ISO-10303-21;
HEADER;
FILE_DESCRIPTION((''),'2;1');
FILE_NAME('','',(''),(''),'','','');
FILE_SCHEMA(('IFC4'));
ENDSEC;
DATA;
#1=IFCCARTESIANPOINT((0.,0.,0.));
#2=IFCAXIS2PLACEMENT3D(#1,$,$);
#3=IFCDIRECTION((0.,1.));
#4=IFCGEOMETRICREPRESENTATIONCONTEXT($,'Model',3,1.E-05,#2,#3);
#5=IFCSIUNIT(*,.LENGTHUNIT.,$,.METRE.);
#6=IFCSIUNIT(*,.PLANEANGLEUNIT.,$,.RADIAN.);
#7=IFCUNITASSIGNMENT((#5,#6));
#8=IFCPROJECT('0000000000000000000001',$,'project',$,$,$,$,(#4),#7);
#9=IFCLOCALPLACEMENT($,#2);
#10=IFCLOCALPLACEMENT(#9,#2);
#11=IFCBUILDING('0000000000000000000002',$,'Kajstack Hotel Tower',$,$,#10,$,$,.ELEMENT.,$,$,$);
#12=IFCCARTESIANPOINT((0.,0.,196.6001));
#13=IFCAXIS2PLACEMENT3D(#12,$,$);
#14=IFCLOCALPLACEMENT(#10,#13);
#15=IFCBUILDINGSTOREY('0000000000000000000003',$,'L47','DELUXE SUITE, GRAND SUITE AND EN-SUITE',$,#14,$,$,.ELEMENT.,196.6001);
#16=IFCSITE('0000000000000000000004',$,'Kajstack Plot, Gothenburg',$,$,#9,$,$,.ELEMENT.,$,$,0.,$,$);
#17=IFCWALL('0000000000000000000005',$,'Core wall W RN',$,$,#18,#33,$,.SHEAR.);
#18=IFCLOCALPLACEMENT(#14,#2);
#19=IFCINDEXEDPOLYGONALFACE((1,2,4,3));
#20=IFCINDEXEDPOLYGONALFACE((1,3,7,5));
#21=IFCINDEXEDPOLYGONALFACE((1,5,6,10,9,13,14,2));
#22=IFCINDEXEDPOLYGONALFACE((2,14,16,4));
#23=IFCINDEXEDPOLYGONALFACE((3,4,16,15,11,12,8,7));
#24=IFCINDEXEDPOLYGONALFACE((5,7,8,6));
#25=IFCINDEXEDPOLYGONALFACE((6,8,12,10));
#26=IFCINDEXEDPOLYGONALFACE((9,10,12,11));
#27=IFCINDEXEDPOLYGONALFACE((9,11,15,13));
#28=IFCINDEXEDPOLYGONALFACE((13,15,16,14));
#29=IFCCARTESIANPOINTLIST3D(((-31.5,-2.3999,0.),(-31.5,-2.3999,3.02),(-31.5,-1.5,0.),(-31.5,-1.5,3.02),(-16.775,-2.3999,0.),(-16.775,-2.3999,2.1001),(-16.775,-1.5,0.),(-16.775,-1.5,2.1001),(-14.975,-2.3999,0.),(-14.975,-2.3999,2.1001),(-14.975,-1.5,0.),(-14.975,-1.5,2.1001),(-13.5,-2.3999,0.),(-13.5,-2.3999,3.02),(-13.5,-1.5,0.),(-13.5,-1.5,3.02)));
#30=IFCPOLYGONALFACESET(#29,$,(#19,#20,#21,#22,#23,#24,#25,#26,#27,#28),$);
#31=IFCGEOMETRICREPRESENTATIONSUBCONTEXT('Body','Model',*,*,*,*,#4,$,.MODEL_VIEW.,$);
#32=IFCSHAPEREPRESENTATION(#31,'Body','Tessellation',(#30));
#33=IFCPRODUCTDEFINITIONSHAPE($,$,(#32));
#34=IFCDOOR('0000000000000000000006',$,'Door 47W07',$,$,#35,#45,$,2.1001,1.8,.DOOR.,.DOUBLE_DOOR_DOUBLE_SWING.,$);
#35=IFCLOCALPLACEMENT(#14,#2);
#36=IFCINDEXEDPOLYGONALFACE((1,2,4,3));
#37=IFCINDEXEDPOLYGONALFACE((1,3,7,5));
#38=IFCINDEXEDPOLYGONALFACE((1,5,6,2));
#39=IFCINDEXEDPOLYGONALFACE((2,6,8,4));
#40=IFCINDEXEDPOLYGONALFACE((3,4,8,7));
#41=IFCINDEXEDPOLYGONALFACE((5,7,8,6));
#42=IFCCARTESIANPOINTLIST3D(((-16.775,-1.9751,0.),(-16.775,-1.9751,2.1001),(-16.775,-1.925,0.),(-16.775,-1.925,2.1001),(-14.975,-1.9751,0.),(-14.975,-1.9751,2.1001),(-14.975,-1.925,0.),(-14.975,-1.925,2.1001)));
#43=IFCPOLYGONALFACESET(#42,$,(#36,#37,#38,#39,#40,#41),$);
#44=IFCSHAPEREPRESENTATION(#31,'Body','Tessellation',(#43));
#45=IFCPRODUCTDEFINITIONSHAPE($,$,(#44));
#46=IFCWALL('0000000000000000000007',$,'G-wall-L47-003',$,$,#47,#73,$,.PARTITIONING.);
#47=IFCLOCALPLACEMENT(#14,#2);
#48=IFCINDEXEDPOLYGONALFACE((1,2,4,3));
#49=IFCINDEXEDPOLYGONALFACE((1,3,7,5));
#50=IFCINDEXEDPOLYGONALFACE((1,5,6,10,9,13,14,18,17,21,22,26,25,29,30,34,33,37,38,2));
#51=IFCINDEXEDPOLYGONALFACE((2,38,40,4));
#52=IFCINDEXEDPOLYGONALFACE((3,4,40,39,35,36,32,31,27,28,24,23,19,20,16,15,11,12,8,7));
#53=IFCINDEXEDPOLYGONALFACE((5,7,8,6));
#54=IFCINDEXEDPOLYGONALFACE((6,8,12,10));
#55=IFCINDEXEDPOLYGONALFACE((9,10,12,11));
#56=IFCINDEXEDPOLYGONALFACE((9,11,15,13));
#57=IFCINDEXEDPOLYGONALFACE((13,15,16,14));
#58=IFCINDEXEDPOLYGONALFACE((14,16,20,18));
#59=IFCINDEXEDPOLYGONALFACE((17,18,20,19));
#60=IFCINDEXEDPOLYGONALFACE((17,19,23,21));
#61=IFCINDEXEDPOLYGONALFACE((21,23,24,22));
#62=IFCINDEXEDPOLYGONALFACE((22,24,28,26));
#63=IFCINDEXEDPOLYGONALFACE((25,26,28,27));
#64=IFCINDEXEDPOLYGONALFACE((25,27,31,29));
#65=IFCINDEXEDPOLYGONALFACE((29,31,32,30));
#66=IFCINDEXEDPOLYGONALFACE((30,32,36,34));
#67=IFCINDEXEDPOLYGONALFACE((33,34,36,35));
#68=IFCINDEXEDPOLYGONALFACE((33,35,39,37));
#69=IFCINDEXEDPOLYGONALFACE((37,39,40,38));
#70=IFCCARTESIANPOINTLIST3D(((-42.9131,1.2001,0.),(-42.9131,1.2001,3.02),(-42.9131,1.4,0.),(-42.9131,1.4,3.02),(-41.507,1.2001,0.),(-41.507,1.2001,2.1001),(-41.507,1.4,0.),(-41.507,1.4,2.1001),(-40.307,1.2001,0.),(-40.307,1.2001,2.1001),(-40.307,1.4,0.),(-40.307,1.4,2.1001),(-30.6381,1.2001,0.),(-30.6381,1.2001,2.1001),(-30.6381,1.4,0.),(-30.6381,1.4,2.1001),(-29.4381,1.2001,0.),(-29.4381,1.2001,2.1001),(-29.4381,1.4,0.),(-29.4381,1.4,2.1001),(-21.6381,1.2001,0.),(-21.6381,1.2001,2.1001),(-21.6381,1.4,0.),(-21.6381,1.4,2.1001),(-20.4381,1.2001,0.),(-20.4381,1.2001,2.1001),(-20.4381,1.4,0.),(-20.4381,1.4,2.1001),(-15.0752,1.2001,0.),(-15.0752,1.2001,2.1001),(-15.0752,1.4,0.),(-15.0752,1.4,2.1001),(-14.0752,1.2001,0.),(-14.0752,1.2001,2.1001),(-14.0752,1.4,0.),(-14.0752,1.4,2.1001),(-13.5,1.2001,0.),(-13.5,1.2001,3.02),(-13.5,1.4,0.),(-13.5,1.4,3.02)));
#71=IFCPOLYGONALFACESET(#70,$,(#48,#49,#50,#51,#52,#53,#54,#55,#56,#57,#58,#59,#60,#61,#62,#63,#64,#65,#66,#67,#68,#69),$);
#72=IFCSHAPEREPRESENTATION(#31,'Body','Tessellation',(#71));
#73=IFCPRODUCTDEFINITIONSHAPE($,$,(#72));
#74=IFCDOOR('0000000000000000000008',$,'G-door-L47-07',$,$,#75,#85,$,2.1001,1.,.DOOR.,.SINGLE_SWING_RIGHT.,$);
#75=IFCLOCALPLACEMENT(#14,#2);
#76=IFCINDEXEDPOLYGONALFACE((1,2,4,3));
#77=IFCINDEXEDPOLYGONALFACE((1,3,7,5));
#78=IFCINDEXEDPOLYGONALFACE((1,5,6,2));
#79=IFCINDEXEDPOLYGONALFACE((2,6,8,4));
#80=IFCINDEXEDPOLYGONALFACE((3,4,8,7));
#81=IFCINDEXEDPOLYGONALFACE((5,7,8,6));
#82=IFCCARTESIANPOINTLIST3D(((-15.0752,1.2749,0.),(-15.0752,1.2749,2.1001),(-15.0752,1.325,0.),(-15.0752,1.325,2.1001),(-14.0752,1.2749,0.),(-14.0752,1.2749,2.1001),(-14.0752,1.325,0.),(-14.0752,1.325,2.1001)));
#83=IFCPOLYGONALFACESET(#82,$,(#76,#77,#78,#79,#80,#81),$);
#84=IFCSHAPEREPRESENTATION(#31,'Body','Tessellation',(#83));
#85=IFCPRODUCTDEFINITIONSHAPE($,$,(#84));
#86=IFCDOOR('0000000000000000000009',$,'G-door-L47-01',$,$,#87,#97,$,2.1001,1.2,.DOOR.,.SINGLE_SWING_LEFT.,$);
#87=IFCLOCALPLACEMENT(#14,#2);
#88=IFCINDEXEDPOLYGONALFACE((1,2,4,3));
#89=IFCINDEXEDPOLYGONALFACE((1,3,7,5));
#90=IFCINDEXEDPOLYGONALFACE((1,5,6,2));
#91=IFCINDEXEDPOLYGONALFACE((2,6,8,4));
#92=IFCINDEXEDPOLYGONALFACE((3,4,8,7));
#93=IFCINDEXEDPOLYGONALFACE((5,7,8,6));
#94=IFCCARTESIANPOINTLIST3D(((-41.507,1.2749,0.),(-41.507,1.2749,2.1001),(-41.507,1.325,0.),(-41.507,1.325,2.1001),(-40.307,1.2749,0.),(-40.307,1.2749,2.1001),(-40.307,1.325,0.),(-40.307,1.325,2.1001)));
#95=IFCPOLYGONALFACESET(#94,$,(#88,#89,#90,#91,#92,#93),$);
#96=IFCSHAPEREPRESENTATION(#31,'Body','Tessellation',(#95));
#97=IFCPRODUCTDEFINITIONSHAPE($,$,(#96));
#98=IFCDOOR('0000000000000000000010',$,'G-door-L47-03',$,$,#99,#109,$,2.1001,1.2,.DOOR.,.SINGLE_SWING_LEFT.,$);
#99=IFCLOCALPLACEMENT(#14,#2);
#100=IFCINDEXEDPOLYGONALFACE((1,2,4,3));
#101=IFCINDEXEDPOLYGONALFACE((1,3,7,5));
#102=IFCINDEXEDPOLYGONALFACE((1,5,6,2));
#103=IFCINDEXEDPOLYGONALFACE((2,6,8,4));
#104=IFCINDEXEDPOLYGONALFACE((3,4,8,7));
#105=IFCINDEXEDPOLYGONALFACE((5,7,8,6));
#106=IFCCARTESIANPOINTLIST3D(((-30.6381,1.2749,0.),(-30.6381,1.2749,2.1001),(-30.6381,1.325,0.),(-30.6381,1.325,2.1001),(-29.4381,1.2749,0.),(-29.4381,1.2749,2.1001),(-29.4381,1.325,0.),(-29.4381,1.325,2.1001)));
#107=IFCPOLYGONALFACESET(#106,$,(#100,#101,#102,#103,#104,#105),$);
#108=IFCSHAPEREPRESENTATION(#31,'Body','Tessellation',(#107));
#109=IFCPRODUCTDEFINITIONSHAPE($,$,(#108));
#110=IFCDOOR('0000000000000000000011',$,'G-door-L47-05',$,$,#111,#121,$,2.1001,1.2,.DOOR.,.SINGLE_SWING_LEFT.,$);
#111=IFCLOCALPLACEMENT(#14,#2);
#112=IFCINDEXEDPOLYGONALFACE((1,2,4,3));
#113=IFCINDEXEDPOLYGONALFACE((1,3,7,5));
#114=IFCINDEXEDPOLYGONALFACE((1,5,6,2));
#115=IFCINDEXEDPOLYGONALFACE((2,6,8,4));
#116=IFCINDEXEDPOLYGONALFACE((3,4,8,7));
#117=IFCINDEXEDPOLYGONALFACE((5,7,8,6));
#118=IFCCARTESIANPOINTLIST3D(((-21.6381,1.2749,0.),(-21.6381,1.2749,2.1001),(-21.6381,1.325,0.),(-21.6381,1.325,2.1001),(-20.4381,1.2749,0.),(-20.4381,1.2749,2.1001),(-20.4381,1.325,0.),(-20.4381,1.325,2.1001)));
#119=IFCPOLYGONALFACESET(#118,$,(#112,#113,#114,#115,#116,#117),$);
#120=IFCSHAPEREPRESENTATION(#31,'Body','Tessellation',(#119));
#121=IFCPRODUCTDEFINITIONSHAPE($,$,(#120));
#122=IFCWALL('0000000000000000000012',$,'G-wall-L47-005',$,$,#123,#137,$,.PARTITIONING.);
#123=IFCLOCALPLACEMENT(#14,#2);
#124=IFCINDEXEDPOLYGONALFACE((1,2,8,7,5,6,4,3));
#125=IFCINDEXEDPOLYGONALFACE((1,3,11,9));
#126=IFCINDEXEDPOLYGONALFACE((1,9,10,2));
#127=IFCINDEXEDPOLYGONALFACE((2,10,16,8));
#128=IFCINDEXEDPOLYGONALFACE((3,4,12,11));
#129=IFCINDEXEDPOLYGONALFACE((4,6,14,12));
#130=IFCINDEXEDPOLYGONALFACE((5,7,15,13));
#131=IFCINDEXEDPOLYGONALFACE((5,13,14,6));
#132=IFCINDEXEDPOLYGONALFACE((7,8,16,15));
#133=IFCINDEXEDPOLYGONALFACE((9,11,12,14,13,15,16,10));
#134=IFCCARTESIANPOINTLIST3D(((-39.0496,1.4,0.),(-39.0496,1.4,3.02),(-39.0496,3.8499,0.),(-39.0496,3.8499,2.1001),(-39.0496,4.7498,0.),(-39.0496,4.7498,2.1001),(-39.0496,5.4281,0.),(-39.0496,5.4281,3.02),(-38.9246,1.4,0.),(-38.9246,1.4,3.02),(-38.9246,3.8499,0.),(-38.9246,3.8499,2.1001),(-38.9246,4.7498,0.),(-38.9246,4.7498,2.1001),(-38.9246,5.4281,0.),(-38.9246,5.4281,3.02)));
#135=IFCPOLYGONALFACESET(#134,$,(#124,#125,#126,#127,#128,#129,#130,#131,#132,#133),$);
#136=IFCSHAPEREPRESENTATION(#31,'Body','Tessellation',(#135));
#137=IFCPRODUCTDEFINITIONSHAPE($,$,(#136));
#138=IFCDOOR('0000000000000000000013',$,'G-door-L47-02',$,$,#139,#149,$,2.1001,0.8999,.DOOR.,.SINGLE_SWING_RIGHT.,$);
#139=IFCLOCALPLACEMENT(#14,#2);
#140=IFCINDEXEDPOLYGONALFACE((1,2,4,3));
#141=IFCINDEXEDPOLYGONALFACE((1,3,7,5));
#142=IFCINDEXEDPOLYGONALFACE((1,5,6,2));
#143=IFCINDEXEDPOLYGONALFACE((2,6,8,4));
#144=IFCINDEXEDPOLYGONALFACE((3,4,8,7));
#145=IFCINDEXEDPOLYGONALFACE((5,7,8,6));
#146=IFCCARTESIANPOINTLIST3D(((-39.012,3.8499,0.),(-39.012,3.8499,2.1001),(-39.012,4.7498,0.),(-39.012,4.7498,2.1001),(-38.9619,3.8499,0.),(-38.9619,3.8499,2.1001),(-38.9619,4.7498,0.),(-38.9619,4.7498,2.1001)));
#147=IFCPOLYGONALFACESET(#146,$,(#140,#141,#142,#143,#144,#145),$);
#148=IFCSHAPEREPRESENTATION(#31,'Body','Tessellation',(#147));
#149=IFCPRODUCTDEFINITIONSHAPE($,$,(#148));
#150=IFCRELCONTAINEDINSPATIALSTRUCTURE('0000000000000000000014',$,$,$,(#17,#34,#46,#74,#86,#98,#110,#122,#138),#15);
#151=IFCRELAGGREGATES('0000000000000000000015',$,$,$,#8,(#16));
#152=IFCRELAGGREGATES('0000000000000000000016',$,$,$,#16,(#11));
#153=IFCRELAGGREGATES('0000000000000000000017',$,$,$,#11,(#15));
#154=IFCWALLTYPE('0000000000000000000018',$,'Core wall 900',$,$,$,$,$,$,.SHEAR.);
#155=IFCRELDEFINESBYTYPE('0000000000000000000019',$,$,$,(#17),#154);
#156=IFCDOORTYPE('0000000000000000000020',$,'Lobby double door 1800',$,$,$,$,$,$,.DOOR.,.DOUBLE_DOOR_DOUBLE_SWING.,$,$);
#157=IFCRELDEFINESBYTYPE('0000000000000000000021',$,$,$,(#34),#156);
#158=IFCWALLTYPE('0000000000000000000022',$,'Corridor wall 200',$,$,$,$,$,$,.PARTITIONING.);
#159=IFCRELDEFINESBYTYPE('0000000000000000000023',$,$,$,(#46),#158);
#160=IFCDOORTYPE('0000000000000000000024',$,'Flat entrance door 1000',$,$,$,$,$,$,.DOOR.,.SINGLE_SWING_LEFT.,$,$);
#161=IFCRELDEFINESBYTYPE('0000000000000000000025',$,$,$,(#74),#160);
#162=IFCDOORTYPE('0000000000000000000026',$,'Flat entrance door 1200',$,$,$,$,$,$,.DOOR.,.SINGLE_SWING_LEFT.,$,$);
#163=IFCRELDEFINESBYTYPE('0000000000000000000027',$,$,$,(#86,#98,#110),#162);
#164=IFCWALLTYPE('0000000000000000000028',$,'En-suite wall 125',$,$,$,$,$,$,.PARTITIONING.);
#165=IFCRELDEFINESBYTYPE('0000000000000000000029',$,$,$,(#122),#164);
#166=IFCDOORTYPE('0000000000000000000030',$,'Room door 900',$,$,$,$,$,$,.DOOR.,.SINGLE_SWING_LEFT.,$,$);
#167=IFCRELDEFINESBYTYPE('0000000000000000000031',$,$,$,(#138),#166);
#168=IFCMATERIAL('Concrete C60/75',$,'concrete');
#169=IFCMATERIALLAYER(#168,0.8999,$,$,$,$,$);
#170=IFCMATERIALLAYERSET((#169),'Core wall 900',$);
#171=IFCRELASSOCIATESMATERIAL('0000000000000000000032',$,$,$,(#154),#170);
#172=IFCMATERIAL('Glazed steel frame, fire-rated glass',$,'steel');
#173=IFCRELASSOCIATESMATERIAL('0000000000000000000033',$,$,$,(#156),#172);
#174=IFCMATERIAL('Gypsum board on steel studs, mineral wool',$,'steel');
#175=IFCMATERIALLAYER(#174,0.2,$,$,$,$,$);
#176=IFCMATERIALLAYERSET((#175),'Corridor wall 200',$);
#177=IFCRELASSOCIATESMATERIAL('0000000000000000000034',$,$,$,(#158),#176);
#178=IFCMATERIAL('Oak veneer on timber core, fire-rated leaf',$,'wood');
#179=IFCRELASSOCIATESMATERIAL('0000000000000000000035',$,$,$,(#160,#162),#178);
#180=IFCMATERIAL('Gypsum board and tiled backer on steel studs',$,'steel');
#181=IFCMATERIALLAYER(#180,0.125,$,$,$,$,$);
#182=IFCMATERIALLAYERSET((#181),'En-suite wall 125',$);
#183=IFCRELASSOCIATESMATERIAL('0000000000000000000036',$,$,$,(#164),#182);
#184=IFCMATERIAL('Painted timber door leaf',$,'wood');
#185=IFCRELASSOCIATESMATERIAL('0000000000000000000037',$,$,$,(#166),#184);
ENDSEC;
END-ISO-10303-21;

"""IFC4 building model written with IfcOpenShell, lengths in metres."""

from ifc_helpers import new_model, si_unit, direction, frame, frame_2d, origin, place, context, subcontext, project, spatial, rectangle, extrude, material, layer, layer_set, type_object, element, fill, save


model = new_model("IFC4")

# Units and contexts
model_context = context("Model", 3, precision=1e-05, world=origin(), true_north=direction((0.0, 1.0)))
body_context = subcontext(model_context, "Body", "Model", "MODEL_VIEW")
ifc_project = project(units=[si_unit("LENGTHUNIT", "METRE"), si_unit("PLANEANGLEUNIT", "RADIAN")], contexts=[model_context])

# Site, building, storey
site_placement = place(None, origin())
site = spatial("IfcSite", under=ifc_project, at=site_placement, Name="Kajstack Plot, Gothenburg", CompositionType="ELEMENT", RefElevation=0.0)
building_placement = place(site_placement, origin())
building = spatial("IfcBuilding", under=site, at=building_placement, Name="Kajstack Hotel Tower", CompositionType="ELEMENT")
storey_placement = place(building_placement, frame((0.0, 0.0, 196.6001)))
storey = spatial("IfcBuildingStorey", under=building, at=storey_placement, Name="L47", Description="DELUXE SUITE, GRAND SUITE AND EN-SUITE", CompositionType="ELEMENT", Elevation=196.6001)

# Wall, opening, door
ifc_material_1 = material(Name="Concrete C60/75", Category="concrete")
ifc_layer_1 = layer(ifc_material_1, 0.8999)
ifc_layer_set_1 = layer_set([ifc_layer_1], Name="Core wall 900")
wall_type_1 = type_object("IfcWallType", Name="Core wall 900", PredefinedType="SHEAR", material=ifc_layer_set_1)
wall_1_placement = place(storey_placement, frame((-31.5, -1.95, 0.0), z_axis=(0.0, 0.0, 1.0), x_axis=(1.0, 0.0, 0.0)))
wall_1 = element("IfcWall", 1, at=wall_1_placement, inside=storey, type_object=wall_type_1, Name="Core wall W RN", PredefinedType="SHEAR", context=body_context, shape_type="SweptSolid", body=[
    extrude(rectangle(XDim=18.0, YDim=0.8999, at=frame_2d((9.0, 0.0))), origin(), (0.0, 0.0, 1.0), 3.02),
])
opening_1_placement = place(wall_1_placement, frame((14.7251, 0.0, 0.0)))
opening_1 = element("IfcOpeningElement", 2, at=opening_1_placement, cuts=wall_1, PredefinedType="OPENING", context=body_context, shape_type="SweptSolid", body=[
    extrude(rectangle(XDim=1.8, YDim=2.1001, at=frame_2d((0.8999, 1.05))), frame((0.0, 0.46, 0.0), z_axis=(0.0, -1.0, 0.0), x_axis=(1.0, 0.0, 0.0)), (0.0, 0.0, 1.0), 0.9199),
])
ifc_material_2 = material(Name="Glazed steel frame, fire-rated glass", Category="steel")
door_type_1 = type_object("IfcDoorType", Name="Lobby double door 1800", OperationType="DOUBLE_DOOR_DOUBLE_SWING", PredefinedType="DOOR", material=ifc_material_2)
door_1_placement = place(opening_1_placement, origin())
door_1 = element("IfcDoor", 3, at=door_1_placement, inside=storey, type_object=door_type_1, Name="Door 47W07", OperationType="DOUBLE_DOOR_DOUBLE_SWING", OverallHeight=2.1001, OverallWidth=1.8, PredefinedType="DOOR", context=body_context, shape_type="SweptSolid", body=[
    extrude(rectangle(XDim=1.8, YDim=2.1001, at=frame_2d((0.8999, 1.05))), frame((0.0, 0.0249, 0.0), z_axis=(0.0, -1.0, 0.0), x_axis=(1.0, 0.0, 0.0)), (0.0, 0.0, 1.0), 0.05),
])
fill(opening_1, door_1)

# Wall, openings, doors
ifc_material_3 = material(Name="Gypsum board on steel studs, mineral wool", Category="steel")
ifc_layer_2 = layer(ifc_material_3, 0.2)
ifc_layer_set_2 = layer_set([ifc_layer_2], Name="Corridor wall 200")
wall_type_2 = type_object("IfcWallType", Name="Corridor wall 200", PredefinedType="PARTITIONING", material=ifc_layer_set_2)
wall_2_placement = place(storey_placement, frame((-42.9131, 1.3, 0.0), z_axis=(0.0, 0.0, 1.0), x_axis=(1.0, 0.0, 0.0)))
wall_2 = element("IfcWall", 4, at=wall_2_placement, inside=storey, type_object=wall_type_2, Name="G-wall-L47-003", PredefinedType="PARTITIONING", context=body_context, shape_type="SweptSolid", body=[
    extrude(rectangle(XDim=29.4131, YDim=0.2, at=frame_2d((14.7065, 0.0))), origin(), (0.0, 0.0, 1.0), 3.02),
])
opening_2_placement = place(wall_2_placement, frame((1.406, 0.0, 0.0)))
opening_2 = element("IfcOpeningElement", 5, at=opening_2_placement, cuts=wall_2, PredefinedType="OPENING", context=body_context, shape_type="SweptSolid", body=[
    extrude(rectangle(XDim=1.2, YDim=2.1001, at=frame_2d((0.6001, 1.05))), frame((0.0, 0.1099, 0.0), z_axis=(0.0, -1.0, 0.0), x_axis=(1.0, 0.0, 0.0)), (0.0, 0.0, 1.0), 0.22),
])
opening_3_placement = place(wall_2_placement, frame((12.2749, 0.0, 0.0)))
opening_3 = element("IfcOpeningElement", 6, at=opening_3_placement, cuts=wall_2, PredefinedType="OPENING", context=body_context, shape_type="SweptSolid", body=[
    extrude(rectangle(XDim=1.2, YDim=2.1001, at=frame_2d((0.6001, 1.05))), frame((0.0, 0.1099, 0.0), z_axis=(0.0, -1.0, 0.0), x_axis=(1.0, 0.0, 0.0)), (0.0, 0.0, 1.0), 0.22),
])
opening_4_placement = place(wall_2_placement, frame((21.2749, 0.0, 0.0)))
opening_4 = element("IfcOpeningElement", 7, at=opening_4_placement, cuts=wall_2, PredefinedType="OPENING", context=body_context, shape_type="SweptSolid", body=[
    extrude(rectangle(XDim=1.2, YDim=2.1001, at=frame_2d((0.6001, 1.05))), frame((0.0, 0.1099, 0.0), z_axis=(0.0, -1.0, 0.0), x_axis=(1.0, 0.0, 0.0)), (0.0, 0.0, 1.0), 0.22),
])
opening_5_placement = place(wall_2_placement, frame((27.8379, 0.0, 0.0)))
opening_5 = element("IfcOpeningElement", 8, at=opening_5_placement, cuts=wall_2, PredefinedType="OPENING", context=body_context, shape_type="SweptSolid", body=[
    extrude(rectangle(XDim=1.0, YDim=2.1001, at=frame_2d((0.5, 1.05))), frame((0.0, 0.1099, 0.0), z_axis=(0.0, -1.0, 0.0), x_axis=(1.0, 0.0, 0.0)), (0.0, 0.0, 1.0), 0.22),
])
ifc_material_4 = material(Name="Oak veneer on timber core, fire-rated leaf", Category="wood")
door_type_2 = type_object("IfcDoorType", Name="Flat entrance door 1000", OperationType="SINGLE_SWING_LEFT", PredefinedType="DOOR", material=ifc_material_4)
door_2_placement = place(opening_5_placement, origin())
door_2 = element("IfcDoor", 9, at=door_2_placement, inside=storey, type_object=door_type_2, Name="G-door-L47-07", OperationType="SINGLE_SWING_RIGHT", OverallHeight=2.1001, OverallWidth=1.0, PredefinedType="DOOR", context=body_context, shape_type="SweptSolid", body=[
    extrude(rectangle(XDim=1.0, YDim=2.1001, at=frame_2d((0.5, 1.05))), frame((0.0, 0.0249, 0.0), z_axis=(0.0, -1.0, 0.0), x_axis=(1.0, 0.0, 0.0)), (0.0, 0.0, 1.0), 0.05),
])
fill(opening_5, door_2)
door_type_3 = type_object("IfcDoorType", Name="Flat entrance door 1200", OperationType="SINGLE_SWING_LEFT", PredefinedType="DOOR", material=ifc_material_4)
door_3_placement = place(opening_2_placement, origin())
door_3 = element("IfcDoor", 10, at=door_3_placement, inside=storey, type_object=door_type_3, Name="G-door-L47-01", OperationType="SINGLE_SWING_LEFT", OverallHeight=2.1001, OverallWidth=1.2, PredefinedType="DOOR", context=body_context, shape_type="SweptSolid", body=[
    extrude(rectangle(XDim=1.2, YDim=2.1001, at=frame_2d((0.6001, 1.05))), frame((0.0, 0.0249, 0.0), z_axis=(0.0, -1.0, 0.0), x_axis=(1.0, 0.0, 0.0)), (0.0, 0.0, 1.0), 0.05),
])
fill(opening_2, door_3)
door_4_placement = place(opening_3_placement, origin())
door_4 = element("IfcDoor", 11, at=door_4_placement, inside=storey, type_object=door_type_3, Name="G-door-L47-03", OperationType="SINGLE_SWING_LEFT", OverallHeight=2.1001, OverallWidth=1.2, PredefinedType="DOOR", context=body_context, shape_type="SweptSolid", body=[
    extrude(rectangle(XDim=1.2, YDim=2.1001, at=frame_2d((0.6001, 1.05))), frame((0.0, 0.0249, 0.0), z_axis=(0.0, -1.0, 0.0), x_axis=(1.0, 0.0, 0.0)), (0.0, 0.0, 1.0), 0.05),
])
fill(opening_3, door_4)
door_5_placement = place(opening_4_placement, origin())
door_5 = element("IfcDoor", 12, at=door_5_placement, inside=storey, type_object=door_type_3, Name="G-door-L47-05", OperationType="SINGLE_SWING_LEFT", OverallHeight=2.1001, OverallWidth=1.2, PredefinedType="DOOR", context=body_context, shape_type="SweptSolid", body=[
    extrude(rectangle(XDim=1.2, YDim=2.1001, at=frame_2d((0.6001, 1.05))), frame((0.0, 0.0249, 0.0), z_axis=(0.0, -1.0, 0.0), x_axis=(1.0, 0.0, 0.0)), (0.0, 0.0, 1.0), 0.05),
])
fill(opening_4, door_5)

# Wall, opening, door
ifc_material_5 = material(Name="Gypsum board and tiled backer on steel studs", Category="steel")
ifc_layer_3 = layer(ifc_material_5, 0.125)
ifc_layer_set_3 = layer_set([ifc_layer_3], Name="En-suite wall 125")
wall_type_3 = type_object("IfcWallType", Name="En-suite wall 125", PredefinedType="PARTITIONING", material=ifc_layer_set_3)
wall_3_placement = place(storey_placement, frame((-38.9871, 1.3999, 0.0), z_axis=(0.0, 0.0, 1.0), x_axis=(0.0, 1.0, 0.0)))
wall_3 = element("IfcWall", 13, at=wall_3_placement, inside=storey, type_object=wall_type_3, Name="G-wall-L47-005", PredefinedType="PARTITIONING", context=body_context, shape_type="SweptSolid", body=[
    extrude(rectangle(XDim=4.0281, YDim=0.125, at=frame_2d((2.0142, 0.0))), origin(), (0.0, 0.0, 1.0), 3.02),
])
opening_6_placement = place(wall_3_placement, frame((2.45, 0.0, 0.0)))
opening_6 = element("IfcOpeningElement", 14, at=opening_6_placement, cuts=wall_3, PredefinedType="OPENING", context=body_context, shape_type="SweptSolid", body=[
    extrude(rectangle(XDim=0.8999, YDim=2.1001, at=frame_2d((0.45, 1.05))), frame((0.0, 0.0725, 0.0), z_axis=(0.0, -1.0, 0.0), x_axis=(1.0, 0.0, 0.0)), (0.0, 0.0, 1.0), 0.145),
])
ifc_material_6 = material(Name="Painted timber door leaf", Category="wood")
door_type_4 = type_object("IfcDoorType", Name="Room door 900", OperationType="SINGLE_SWING_LEFT", PredefinedType="DOOR", material=ifc_material_6)
door_6_placement = place(opening_6_placement, origin())
door_6 = element("IfcDoor", 15, at=door_6_placement, inside=storey, type_object=door_type_4, Name="G-door-L47-02", OperationType="SINGLE_SWING_RIGHT", OverallHeight=2.1001, OverallWidth=0.8999, PredefinedType="DOOR", context=body_context, shape_type="SweptSolid", body=[
    extrude(rectangle(XDim=0.8999, YDim=2.1001, at=frame_2d((0.45, 1.05))), frame((0.0, 0.0249, 0.0), z_axis=(0.0, -1.0, 0.0), x_axis=(1.0, 0.0, 0.0)), (0.0, 0.0, 1.0), 0.05),
])
fill(opening_6, door_6)

save(model, "model.ifc")
